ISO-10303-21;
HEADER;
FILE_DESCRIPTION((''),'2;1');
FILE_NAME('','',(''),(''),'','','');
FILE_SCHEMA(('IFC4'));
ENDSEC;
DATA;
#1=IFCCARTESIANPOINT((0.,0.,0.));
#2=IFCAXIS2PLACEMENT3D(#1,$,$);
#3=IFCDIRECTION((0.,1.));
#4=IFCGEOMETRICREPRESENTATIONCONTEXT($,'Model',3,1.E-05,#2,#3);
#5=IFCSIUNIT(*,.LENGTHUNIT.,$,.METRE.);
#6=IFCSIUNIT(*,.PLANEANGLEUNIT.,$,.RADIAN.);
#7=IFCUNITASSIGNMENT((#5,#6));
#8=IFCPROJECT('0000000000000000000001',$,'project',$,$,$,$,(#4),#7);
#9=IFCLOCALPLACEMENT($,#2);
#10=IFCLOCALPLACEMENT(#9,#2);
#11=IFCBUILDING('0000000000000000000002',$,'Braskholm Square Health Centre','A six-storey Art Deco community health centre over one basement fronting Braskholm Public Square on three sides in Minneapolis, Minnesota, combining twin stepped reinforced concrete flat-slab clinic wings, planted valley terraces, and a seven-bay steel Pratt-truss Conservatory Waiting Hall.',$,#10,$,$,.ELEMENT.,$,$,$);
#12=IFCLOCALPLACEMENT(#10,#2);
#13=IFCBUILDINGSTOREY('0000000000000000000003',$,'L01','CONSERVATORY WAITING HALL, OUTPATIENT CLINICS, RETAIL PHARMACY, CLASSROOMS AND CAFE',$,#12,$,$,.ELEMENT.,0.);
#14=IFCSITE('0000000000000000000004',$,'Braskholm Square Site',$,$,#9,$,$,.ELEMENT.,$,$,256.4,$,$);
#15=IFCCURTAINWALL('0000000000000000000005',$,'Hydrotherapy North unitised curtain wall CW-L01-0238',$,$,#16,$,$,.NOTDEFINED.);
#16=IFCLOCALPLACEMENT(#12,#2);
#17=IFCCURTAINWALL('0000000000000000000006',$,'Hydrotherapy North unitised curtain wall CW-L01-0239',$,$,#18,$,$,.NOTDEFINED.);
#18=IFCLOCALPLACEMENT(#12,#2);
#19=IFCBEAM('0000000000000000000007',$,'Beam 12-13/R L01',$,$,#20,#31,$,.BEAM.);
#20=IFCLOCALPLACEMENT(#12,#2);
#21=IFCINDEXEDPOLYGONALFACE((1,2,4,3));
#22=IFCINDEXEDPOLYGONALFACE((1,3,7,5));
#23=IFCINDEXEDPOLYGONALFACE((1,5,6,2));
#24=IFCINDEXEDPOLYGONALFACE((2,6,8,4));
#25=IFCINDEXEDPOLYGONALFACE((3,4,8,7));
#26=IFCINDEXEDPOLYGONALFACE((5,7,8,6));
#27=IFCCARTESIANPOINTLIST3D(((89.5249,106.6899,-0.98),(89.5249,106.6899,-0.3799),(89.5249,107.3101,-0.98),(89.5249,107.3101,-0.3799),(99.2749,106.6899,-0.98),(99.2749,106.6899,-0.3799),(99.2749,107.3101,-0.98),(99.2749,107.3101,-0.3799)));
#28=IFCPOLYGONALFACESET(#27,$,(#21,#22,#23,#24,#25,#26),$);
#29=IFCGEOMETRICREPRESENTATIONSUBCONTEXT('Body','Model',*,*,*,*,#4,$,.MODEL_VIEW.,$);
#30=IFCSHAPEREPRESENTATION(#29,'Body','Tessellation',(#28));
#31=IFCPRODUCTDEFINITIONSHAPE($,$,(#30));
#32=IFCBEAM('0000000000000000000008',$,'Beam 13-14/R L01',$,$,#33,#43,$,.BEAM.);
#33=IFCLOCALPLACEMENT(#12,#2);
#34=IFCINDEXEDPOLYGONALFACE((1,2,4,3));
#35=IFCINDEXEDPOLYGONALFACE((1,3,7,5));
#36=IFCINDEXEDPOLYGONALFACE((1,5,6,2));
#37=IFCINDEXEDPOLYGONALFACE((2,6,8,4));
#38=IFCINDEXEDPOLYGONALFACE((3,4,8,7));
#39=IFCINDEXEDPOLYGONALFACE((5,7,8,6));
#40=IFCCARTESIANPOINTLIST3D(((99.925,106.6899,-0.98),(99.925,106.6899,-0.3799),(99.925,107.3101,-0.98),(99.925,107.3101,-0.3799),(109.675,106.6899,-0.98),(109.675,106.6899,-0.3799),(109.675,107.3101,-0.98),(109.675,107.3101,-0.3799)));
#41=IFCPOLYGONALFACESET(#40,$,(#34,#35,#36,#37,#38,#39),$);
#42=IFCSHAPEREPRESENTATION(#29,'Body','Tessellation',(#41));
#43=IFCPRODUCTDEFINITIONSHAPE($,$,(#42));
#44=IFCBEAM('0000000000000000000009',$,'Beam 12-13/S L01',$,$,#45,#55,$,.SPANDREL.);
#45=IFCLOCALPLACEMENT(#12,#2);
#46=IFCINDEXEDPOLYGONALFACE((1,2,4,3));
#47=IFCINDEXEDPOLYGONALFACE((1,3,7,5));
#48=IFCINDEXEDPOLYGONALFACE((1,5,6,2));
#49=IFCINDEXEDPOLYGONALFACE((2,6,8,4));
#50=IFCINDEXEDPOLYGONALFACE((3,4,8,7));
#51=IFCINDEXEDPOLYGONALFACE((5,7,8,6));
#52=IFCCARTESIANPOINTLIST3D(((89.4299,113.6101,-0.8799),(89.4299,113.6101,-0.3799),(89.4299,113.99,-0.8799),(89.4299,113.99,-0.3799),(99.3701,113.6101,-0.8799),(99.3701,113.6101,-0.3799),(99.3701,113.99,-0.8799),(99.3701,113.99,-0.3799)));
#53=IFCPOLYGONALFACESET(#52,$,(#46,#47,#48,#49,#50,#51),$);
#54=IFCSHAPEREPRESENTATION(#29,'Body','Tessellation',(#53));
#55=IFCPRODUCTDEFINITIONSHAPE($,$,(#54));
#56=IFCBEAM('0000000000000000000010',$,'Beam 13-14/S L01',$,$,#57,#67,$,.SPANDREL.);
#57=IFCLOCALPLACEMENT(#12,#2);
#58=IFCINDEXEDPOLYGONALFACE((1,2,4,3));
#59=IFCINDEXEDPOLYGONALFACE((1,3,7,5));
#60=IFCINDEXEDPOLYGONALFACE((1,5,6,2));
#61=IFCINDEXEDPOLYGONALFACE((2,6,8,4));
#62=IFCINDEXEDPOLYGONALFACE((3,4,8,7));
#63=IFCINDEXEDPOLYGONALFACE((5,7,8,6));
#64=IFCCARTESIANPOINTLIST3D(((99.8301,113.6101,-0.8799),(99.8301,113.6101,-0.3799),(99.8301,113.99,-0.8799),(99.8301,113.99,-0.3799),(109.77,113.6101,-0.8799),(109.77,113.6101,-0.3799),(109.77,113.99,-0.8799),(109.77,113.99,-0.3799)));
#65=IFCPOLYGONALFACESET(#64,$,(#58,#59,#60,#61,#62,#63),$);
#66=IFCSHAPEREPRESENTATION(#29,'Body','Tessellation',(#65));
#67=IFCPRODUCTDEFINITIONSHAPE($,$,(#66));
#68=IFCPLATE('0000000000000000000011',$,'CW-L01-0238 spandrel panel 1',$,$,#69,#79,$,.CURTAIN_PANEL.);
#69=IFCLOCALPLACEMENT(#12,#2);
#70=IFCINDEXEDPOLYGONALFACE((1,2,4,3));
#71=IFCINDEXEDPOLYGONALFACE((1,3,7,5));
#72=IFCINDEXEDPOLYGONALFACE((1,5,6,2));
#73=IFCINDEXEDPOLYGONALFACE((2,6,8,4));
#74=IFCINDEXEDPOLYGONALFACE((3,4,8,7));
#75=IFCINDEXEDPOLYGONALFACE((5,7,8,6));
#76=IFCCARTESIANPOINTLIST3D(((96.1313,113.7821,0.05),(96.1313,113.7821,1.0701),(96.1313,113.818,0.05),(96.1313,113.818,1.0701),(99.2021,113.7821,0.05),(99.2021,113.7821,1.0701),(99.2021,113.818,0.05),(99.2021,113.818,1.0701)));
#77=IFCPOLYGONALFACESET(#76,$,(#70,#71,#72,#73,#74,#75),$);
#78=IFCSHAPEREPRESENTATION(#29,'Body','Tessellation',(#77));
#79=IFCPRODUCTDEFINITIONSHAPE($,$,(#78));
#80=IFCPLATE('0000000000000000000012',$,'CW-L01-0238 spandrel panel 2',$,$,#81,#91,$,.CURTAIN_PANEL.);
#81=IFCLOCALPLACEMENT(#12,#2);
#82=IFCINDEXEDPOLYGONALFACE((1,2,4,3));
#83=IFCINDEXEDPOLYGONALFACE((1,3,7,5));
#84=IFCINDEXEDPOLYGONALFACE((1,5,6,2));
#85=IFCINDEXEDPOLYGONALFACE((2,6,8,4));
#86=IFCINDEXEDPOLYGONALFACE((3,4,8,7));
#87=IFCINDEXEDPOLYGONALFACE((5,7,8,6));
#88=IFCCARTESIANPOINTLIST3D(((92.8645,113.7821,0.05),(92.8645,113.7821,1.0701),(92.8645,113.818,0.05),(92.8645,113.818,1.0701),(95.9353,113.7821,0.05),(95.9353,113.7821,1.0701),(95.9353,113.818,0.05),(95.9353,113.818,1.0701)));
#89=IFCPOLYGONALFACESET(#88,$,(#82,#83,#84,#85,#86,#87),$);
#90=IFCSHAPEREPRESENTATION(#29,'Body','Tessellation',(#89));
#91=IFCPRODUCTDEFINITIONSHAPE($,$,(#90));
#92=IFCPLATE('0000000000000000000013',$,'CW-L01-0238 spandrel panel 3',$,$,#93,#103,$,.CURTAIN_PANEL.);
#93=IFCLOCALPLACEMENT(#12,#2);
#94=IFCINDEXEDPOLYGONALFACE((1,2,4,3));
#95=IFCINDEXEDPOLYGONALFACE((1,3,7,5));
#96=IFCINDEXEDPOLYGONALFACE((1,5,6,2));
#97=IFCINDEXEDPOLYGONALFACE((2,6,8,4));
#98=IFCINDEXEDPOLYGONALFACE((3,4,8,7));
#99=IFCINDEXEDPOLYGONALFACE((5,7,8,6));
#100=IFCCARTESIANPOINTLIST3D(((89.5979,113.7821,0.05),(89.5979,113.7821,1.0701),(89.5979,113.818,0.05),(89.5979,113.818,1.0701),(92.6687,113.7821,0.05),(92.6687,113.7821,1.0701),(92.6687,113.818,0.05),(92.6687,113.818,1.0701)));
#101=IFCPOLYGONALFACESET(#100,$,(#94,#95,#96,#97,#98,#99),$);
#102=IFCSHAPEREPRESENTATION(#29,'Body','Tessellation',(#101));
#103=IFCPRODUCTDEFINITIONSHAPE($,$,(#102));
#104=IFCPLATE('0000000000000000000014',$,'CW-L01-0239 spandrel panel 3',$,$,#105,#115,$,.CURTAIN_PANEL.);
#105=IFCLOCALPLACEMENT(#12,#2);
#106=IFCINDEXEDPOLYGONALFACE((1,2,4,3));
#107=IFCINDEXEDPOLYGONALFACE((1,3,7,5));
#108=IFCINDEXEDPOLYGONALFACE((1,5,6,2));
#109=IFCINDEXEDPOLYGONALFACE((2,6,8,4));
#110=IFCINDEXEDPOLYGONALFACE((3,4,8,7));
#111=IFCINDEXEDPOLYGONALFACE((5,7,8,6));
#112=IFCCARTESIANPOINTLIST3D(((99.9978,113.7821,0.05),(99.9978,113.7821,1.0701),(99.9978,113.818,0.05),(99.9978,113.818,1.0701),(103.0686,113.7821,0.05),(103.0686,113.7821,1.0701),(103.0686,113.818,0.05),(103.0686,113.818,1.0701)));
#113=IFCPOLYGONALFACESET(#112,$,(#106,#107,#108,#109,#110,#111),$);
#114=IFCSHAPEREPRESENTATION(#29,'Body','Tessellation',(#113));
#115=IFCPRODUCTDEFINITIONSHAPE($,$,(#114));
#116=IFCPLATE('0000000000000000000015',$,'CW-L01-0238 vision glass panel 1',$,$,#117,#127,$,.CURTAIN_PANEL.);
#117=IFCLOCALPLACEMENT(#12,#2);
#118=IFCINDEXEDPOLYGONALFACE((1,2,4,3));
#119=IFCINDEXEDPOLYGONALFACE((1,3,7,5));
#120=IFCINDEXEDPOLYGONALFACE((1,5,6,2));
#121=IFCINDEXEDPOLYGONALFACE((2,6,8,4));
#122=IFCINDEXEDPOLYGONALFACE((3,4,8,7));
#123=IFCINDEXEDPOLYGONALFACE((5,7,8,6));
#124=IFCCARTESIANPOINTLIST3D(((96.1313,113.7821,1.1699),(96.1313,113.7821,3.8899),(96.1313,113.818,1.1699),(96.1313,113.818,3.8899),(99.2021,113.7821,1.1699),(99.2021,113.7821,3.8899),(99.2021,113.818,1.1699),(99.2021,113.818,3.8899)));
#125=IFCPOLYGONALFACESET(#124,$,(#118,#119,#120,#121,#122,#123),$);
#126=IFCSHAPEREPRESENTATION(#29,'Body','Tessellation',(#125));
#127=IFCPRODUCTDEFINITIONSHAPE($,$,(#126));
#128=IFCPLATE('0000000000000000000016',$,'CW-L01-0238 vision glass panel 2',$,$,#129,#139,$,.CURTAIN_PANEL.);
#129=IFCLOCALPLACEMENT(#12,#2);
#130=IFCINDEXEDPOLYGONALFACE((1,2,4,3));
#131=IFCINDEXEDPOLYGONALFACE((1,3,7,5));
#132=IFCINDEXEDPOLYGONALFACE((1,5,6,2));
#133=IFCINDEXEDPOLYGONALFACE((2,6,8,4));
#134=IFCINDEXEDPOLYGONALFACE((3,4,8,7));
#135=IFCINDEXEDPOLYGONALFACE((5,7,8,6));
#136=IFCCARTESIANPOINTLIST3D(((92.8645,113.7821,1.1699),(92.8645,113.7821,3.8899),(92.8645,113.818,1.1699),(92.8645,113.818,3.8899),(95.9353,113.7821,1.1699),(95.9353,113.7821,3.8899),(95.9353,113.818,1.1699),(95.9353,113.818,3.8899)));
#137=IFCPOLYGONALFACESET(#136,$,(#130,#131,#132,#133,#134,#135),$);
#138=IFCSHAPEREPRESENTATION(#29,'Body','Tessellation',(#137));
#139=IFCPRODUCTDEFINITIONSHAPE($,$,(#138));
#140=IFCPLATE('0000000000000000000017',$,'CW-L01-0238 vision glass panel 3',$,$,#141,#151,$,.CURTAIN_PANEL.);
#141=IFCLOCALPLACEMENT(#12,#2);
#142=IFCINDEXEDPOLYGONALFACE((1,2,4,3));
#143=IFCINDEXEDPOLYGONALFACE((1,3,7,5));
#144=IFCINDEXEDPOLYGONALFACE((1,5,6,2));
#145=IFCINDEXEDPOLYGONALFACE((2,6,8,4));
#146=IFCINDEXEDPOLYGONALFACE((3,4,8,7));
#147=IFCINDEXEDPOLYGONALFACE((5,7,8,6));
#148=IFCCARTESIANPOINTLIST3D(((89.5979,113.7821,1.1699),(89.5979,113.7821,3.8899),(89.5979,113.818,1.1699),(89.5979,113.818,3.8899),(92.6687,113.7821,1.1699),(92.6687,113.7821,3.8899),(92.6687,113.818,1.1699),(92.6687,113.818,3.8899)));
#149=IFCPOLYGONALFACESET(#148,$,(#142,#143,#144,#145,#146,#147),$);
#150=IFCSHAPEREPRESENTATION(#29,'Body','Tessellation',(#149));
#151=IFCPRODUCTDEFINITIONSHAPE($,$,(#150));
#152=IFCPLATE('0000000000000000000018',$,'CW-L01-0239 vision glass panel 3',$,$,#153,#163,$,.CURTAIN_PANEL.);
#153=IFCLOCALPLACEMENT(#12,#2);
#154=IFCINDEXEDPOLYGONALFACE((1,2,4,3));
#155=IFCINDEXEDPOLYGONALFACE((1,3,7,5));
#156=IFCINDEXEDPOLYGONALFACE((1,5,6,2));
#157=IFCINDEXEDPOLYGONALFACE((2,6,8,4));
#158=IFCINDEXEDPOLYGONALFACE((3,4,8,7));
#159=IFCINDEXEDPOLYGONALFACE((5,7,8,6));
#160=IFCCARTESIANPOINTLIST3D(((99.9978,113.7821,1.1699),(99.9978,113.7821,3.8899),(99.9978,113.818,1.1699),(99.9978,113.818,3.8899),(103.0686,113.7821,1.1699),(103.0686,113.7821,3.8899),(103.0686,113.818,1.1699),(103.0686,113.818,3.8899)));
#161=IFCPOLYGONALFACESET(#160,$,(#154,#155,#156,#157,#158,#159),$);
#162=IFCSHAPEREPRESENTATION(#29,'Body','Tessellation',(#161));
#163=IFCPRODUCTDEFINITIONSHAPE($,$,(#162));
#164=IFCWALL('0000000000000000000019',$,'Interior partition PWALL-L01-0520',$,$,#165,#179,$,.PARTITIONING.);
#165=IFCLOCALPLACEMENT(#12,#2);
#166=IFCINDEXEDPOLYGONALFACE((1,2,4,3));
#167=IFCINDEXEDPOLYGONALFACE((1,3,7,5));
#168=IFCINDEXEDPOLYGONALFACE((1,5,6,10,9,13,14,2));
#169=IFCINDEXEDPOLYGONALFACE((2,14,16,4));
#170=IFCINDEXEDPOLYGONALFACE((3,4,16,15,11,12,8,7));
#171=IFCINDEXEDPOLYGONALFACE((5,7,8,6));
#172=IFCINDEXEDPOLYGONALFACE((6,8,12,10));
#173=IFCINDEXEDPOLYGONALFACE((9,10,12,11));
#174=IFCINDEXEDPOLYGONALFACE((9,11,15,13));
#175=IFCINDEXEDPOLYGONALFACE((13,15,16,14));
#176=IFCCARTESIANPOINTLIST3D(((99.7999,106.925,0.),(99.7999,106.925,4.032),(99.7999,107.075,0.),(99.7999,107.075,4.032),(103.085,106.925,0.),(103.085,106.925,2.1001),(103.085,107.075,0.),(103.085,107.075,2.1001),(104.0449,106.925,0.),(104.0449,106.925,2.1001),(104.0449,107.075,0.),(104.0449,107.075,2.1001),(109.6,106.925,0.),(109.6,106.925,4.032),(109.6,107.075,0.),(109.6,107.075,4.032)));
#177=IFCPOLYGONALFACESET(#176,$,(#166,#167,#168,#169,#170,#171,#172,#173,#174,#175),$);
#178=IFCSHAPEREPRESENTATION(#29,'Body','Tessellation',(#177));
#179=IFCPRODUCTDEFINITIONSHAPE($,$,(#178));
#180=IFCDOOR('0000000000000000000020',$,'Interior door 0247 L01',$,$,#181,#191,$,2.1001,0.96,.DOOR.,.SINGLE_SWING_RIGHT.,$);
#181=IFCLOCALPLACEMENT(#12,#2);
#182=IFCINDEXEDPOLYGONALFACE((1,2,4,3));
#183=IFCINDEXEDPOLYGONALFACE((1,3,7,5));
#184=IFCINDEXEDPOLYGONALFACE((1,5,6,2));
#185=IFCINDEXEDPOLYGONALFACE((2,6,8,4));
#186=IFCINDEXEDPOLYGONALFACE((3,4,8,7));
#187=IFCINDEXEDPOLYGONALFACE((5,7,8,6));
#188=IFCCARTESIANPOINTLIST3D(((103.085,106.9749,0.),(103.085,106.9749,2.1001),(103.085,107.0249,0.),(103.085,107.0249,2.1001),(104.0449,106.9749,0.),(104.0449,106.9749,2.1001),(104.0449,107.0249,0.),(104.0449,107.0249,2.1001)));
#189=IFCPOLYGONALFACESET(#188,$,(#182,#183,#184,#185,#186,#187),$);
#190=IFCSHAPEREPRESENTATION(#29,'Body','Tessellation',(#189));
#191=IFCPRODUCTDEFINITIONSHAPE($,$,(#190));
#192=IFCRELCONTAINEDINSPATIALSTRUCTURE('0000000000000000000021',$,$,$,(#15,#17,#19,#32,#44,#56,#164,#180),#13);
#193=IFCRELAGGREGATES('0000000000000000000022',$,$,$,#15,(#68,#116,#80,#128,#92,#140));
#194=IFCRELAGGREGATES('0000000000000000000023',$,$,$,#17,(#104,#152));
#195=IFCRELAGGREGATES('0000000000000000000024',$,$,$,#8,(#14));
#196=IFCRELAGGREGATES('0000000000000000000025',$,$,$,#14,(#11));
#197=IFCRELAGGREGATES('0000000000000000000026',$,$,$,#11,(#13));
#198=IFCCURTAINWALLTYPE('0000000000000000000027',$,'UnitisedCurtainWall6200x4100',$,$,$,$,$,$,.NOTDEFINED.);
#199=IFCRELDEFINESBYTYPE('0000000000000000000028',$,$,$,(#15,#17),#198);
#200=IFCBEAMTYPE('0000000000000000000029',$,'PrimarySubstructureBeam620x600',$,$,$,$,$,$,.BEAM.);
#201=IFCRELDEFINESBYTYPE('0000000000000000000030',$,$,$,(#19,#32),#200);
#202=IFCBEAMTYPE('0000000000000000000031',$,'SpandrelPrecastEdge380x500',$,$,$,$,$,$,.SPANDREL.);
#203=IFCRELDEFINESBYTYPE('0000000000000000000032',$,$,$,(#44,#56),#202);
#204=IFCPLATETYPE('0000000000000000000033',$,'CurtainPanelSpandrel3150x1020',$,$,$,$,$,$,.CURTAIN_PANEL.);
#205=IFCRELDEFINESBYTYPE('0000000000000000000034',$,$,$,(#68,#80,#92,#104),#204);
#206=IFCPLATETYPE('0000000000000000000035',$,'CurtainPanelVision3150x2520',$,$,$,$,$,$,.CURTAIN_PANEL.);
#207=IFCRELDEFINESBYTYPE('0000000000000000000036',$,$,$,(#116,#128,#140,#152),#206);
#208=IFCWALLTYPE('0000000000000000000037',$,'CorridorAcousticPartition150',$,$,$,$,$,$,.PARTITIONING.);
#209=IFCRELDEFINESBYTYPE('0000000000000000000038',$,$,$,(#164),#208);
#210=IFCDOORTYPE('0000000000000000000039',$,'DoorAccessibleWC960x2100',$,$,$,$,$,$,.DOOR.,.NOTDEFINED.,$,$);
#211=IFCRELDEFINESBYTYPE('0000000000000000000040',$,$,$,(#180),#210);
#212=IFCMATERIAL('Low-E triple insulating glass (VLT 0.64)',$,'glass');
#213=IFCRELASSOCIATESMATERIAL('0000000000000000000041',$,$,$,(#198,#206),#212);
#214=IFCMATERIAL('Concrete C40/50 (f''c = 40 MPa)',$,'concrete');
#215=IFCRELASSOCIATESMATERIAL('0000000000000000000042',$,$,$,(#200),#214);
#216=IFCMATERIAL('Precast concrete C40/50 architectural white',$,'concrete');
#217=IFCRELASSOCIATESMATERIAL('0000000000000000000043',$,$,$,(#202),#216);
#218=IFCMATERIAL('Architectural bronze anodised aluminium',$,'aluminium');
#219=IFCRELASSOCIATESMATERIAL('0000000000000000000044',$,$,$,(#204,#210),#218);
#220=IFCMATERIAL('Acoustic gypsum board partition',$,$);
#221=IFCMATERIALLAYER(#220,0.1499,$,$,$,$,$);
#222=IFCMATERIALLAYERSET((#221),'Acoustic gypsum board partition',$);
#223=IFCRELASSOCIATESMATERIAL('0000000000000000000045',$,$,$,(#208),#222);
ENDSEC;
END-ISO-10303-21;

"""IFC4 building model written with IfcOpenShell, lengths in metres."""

from ifc_helpers import new_model, si_unit, direction, frame, frame_2d, origin, origin_with_axes, origin_2d, place, context, subcontext, project, spatial, rectangle, extrude, material, layer, layer_set, material_profile, profile_set, type_object, element, fill, aggregate, save


model = new_model("IFC4")

# Units and contexts
model_context = context("Model", 3, precision=1e-05, world=origin(), true_north=direction((0.0, 1.0)))
body_context = subcontext(model_context, "Body", "Model", "MODEL_VIEW")
ifc_project = project(units=[si_unit("LENGTHUNIT", "METRE"), si_unit("PLANEANGLEUNIT", "RADIAN")], contexts=[model_context])

# Site, building, storey
site_placement = place(None, origin())
site = spatial("IfcSite", under=ifc_project, at=site_placement, Name="Braskholm Square Site", CompositionType="ELEMENT", RefElevation=256.4)
building_placement = place(site_placement, origin())
building = spatial("IfcBuilding", under=site, at=building_placement, Name="Braskholm Square Health Centre", Description="A six-storey Art Deco community health centre over one basement fronting Braskholm Public Square on three sides in Minneapolis, Minnesota, combining twin stepped reinforced concrete flat-slab clinic wings, planted valley terraces, and a seven-bay steel Pratt-truss Conservatory Waiting Hall.", CompositionType="ELEMENT")
storey_placement = place(building_placement, origin())
storey = spatial("IfcBuildingStorey", under=building, at=storey_placement, Name="L01", Description="CONSERVATORY WAITING HALL, OUTPATIENT CLINICS, RETAIL PHARMACY, CLASSROOMS AND CAFE", CompositionType="ELEMENT", Elevation=0.0)

# Shared definitions
ifc_material_1 = material(Name="Concrete C40/50 (f'c = 40 MPa)", Category="concrete")
ifc_material_2 = material(Name="Precast concrete C40/50 architectural white", Category="concrete")

# Curtain wall
ifc_material_3 = material(Name="Low-E triple insulating glass (VLT 0.64)", Category="glass")
curtain_wall_type = type_object("IfcCurtainWallType", Name="UnitisedCurtainWall6200x4100", PredefinedType="NOTDEFINED", material=ifc_material_3)
curtain_wall_1_placement = place(storey_placement, origin())
curtain_wall_1 = element("IfcCurtainWall", 1, at=curtain_wall_1_placement, inside=storey, type_object=curtain_wall_type, Name="Hydrotherapy North unitised curtain wall CW-L01-0238", PredefinedType="NOTDEFINED")
ifc_material_4 = material(Name="Architectural bronze anodised aluminium", Category="aluminium")

# Curtain wall
curtain_wall_2_placement = place(storey_placement, origin())
curtain_wall_2 = element("IfcCurtainWall", 2, at=curtain_wall_2_placement, inside=storey, type_object=curtain_wall_type, Name="Hydrotherapy North unitised curtain wall CW-L01-0239", PredefinedType="NOTDEFINED")

# Beams
ifc_material_profile_1 = material_profile(ifc_material_1, rectangle(XDim=0.6201, YDim=0.6001, at=origin_2d()), Name="RCB-620X600")
ifc_profile_set_1 = profile_set([ifc_material_profile_1], Name="Concrete C40/50 (f'c = 40 MPa)")
beam_type_1 = type_object("IfcBeamType", Name="PrimarySubstructureBeam620x600", PredefinedType="BEAM", material=ifc_profile_set_1)
for number, where, z_axis, x_axis, name in (
    (3, (89.5249, 107.0, -0.6799), (1.0, 0.0, 0.0), (0.0, 1.0, 0.0), "Beam 12-13/R L01"),
    (4, (99.925, 107.0, -0.6799), (1.0, 0.0, 0.0), (0.0, 1.0, 0.0), "Beam 13-14/R L01"),
):
    element("IfcBeam", number, at=place(storey_placement, frame(where, z_axis=z_axis, x_axis=x_axis)), inside=storey, type_object=beam_type_1, Name=name, PredefinedType="BEAM", context=body_context, shape_type="SweptSolid", body=[
        extrude(rectangle(XDim=0.6201, YDim=0.6001, at=origin_2d()), origin(), (0.0, 0.0, 1.0), 9.75),
    ])
ifc_material_profile_2 = material_profile(ifc_material_2, rectangle(XDim=0.3799, YDim=0.5, at=origin_2d()), Name="RCB-380X500")
ifc_profile_set_2 = profile_set([ifc_material_profile_2], Name="Precast concrete C40/50 architectural white")
beam_type_2 = type_object("IfcBeamType", Name="SpandrelPrecastEdge380x500", PredefinedType="SPANDREL", material=ifc_profile_set_2)
beam_1_placement = place(storey_placement, frame((89.4299, 113.8, -0.6299), z_axis=(1.0, 0.0, 0.0), x_axis=(0.0, 1.0, 0.0)))
element("IfcBeam", 5, at=beam_1_placement, inside=storey, type_object=beam_type_2, Name="Beam 12-13/S L01", PredefinedType="SPANDREL", context=body_context, shape_type="SweptSolid", body=[
    extrude(rectangle(XDim=0.3799, YDim=0.5, at=origin_2d()), origin(), (0.0, 0.0, 1.0), 9.9402),
])
beam_2_placement = place(storey_placement, frame((99.8301, 113.8, -0.6299), z_axis=(1.0, 0.0, 0.0), x_axis=(0.0, 1.0, 0.0)))
element("IfcBeam", 6, at=beam_2_placement, inside=storey, type_object=beam_type_2, Name="Beam 13-14/S L01", PredefinedType="SPANDREL", context=body_context, shape_type="SweptSolid", body=[
    extrude(rectangle(XDim=0.3799, YDim=0.5, at=origin_2d()), origin(), (0.0, 0.0, 1.0), 9.9399),
])

# Plates
plate_type_1 = type_object("IfcPlateType", Name="CurtainPanelSpandrel3150x1020", PredefinedType="CURTAIN_PANEL", material=ifc_material_4)
plate_1_placement = place(storey_placement, frame((97.6667, 113.8, 0.05), z_axis=(0.0, 0.0, 1.0), x_axis=(-1.0, 0.0, 0.0)))
plate_1 = element("IfcPlate", 7, at=plate_1_placement, type_object=plate_type_1, Name="CW-L01-0238 spandrel panel 1", PredefinedType="CURTAIN_PANEL", context=body_context, shape_type="SweptSolid", body=[
    extrude(rectangle(XDim=3.0708, YDim=0.0359, at=origin_2d()), origin(), (0.0, 0.0, 1.0), 1.02),
])
plate_2_placement = place(storey_placement, frame((94.3999, 113.8, 0.05), z_axis=(0.0, 0.0, 1.0), x_axis=(-1.0, 0.0, 0.0)))
plate_2 = element("IfcPlate", 8, at=plate_2_placement, type_object=plate_type_1, Name="CW-L01-0238 spandrel panel 2", PredefinedType="CURTAIN_PANEL", context=body_context, shape_type="SweptSolid", body=[
    extrude(rectangle(XDim=3.0708, YDim=0.0359, at=origin_2d()), origin(), (0.0, 0.0, 1.0), 1.02),
])
plate_3_placement = place(storey_placement, frame((91.1333, 113.8, 0.05), z_axis=(0.0, 0.0, 1.0), x_axis=(-1.0, 0.0, 0.0)))
plate_3 = element("IfcPlate", 9, at=plate_3_placement, type_object=plate_type_1, Name="CW-L01-0238 spandrel panel 3", PredefinedType="CURTAIN_PANEL", context=body_context, shape_type="SweptSolid", body=[
    extrude(rectangle(XDim=3.0708, YDim=0.0359, at=origin_2d()), origin(), (0.0, 0.0, 1.0), 1.02),
])
plate_4_placement = place(storey_placement, frame((101.5332, 113.8, 0.05), z_axis=(0.0, 0.0, 1.0), x_axis=(-1.0, 0.0, 0.0)))
plate_4 = element("IfcPlate", 10, at=plate_4_placement, type_object=plate_type_1, Name="CW-L01-0239 spandrel panel 3", PredefinedType="CURTAIN_PANEL", context=body_context, shape_type="SweptSolid", body=[
    extrude(rectangle(XDim=3.0708, YDim=0.0359, at=origin_2d()), origin(), (0.0, 0.0, 1.0), 1.02),
])
plate_type_2 = type_object("IfcPlateType", Name="CurtainPanelVision3150x2520", PredefinedType="CURTAIN_PANEL", material=ifc_material_3)
plate_5_placement = place(storey_placement, frame((97.6667, 113.8, 1.1699), z_axis=(0.0, 0.0, 1.0), x_axis=(-1.0, 0.0, 0.0)))
plate_5 = element("IfcPlate", 11, at=plate_5_placement, type_object=plate_type_2, Name="CW-L01-0238 vision glass panel 1", PredefinedType="CURTAIN_PANEL", context=body_context, shape_type="SweptSolid", body=[
    extrude(rectangle(XDim=3.0708, YDim=0.0359, at=origin_2d()), origin(), (0.0, 0.0, 1.0), 2.72),
])
plate_6_placement = place(storey_placement, frame((94.3999, 113.8, 1.1699), z_axis=(0.0, 0.0, 1.0), x_axis=(-1.0, 0.0, 0.0)))
plate_6 = element("IfcPlate", 12, at=plate_6_placement, type_object=plate_type_2, Name="CW-L01-0238 vision glass panel 2", PredefinedType="CURTAIN_PANEL", context=body_context, shape_type="SweptSolid", body=[
    extrude(rectangle(XDim=3.0708, YDim=0.0359, at=origin_2d()), origin(), (0.0, 0.0, 1.0), 2.72),
])
plate_7_placement = place(storey_placement, frame((91.1333, 113.8, 1.1699), z_axis=(0.0, 0.0, 1.0), x_axis=(-1.0, 0.0, 0.0)))
plate_7 = element("IfcPlate", 13, at=plate_7_placement, type_object=plate_type_2, Name="CW-L01-0238 vision glass panel 3", PredefinedType="CURTAIN_PANEL", context=body_context, shape_type="SweptSolid", body=[
    extrude(rectangle(XDim=3.0708, YDim=0.0359, at=origin_2d()), origin(), (0.0, 0.0, 1.0), 2.72),
])
aggregate(curtain_wall_1, [plate_1, plate_5, plate_2, plate_6, plate_3, plate_7])
plate_8_placement = place(storey_placement, frame((101.5332, 113.8, 1.1699), z_axis=(0.0, 0.0, 1.0), x_axis=(-1.0, 0.0, 0.0)))
plate_8 = element("IfcPlate", 14, at=plate_8_placement, type_object=plate_type_2, Name="CW-L01-0239 vision glass panel 3", PredefinedType="CURTAIN_PANEL", context=body_context, shape_type="SweptSolid", body=[
    extrude(rectangle(XDim=3.0708, YDim=0.0359, at=origin_2d()), origin(), (0.0, 0.0, 1.0), 2.72),
])
aggregate(curtain_wall_2, [plate_4, plate_8])

# Wall, opening, door
ifc_material_5 = material(Name="Acoustic gypsum board partition")
ifc_layer = layer(ifc_material_5, 0.1499)
ifc_layer_set = layer_set([ifc_layer], Name="Acoustic gypsum board partition")
wall_type = type_object("IfcWallType", Name="CorridorAcousticPartition150", PredefinedType="PARTITIONING", material=ifc_layer_set)
wall_1_placement = place(storey_placement, frame((99.8, 107.0, 0.0), z_axis=(0.0, 0.0, 1.0), x_axis=(1.0, 0.0, 0.0)))
wall_1 = element("IfcWall", 15, at=wall_1_placement, inside=storey, type_object=wall_type, Name="Interior partition PWALL-L01-0520", PredefinedType="PARTITIONING", context=body_context, shape_type="SweptSolid", body=[
    extrude(rectangle(XDim=9.8, YDim=0.1499, at=frame_2d((4.8999, 0.0))), origin(), (0.0, 0.0, 1.0), 4.032),
])
opening_1_placement = place(wall_1_placement, frame((3.2849, 0.0, 0.0)))
opening_1 = element("IfcOpeningElement", 16, at=opening_1_placement, cuts=wall_1, PredefinedType="OPENING", context=body_context, shape_type="SweptSolid", body=[
    extrude(rectangle(XDim=0.96, YDim=2.1001, at=frame_2d((0.48, 1.05))), frame((0.0, 0.085, 0.0), z_axis=(0.0, -1.0, 0.0), x_axis=(1.0, 0.0, 0.0)), (0.0, 0.0, 1.0), 0.1699),
])
door_type = type_object("IfcDoorType", Name="DoorAccessibleWC960x2100", OperationType="NOTDEFINED", PredefinedType="DOOR", material=ifc_material_4)
door_1_placement = place(opening_1_placement, origin_with_axes())
door_1 = element("IfcDoor", 17, at=door_1_placement, inside=storey, type_object=door_type, Name="Interior door 0247 L01", OperationType="SINGLE_SWING_RIGHT", OverallHeight=2.1001, OverallWidth=0.96, PredefinedType="DOOR", context=body_context, shape_type="SweptSolid", body=[
    extrude(rectangle(XDim=0.96, YDim=2.1001, at=frame_2d((0.48, 1.05))), frame((0.0, 0.0249, 0.0), z_axis=(0.0, -1.0, 0.0), x_axis=(1.0, 0.0, 0.0)), (0.0, 0.0, 1.0), 0.05),
])
fill(opening_1, door_1)

save(model, "model.ifc")
